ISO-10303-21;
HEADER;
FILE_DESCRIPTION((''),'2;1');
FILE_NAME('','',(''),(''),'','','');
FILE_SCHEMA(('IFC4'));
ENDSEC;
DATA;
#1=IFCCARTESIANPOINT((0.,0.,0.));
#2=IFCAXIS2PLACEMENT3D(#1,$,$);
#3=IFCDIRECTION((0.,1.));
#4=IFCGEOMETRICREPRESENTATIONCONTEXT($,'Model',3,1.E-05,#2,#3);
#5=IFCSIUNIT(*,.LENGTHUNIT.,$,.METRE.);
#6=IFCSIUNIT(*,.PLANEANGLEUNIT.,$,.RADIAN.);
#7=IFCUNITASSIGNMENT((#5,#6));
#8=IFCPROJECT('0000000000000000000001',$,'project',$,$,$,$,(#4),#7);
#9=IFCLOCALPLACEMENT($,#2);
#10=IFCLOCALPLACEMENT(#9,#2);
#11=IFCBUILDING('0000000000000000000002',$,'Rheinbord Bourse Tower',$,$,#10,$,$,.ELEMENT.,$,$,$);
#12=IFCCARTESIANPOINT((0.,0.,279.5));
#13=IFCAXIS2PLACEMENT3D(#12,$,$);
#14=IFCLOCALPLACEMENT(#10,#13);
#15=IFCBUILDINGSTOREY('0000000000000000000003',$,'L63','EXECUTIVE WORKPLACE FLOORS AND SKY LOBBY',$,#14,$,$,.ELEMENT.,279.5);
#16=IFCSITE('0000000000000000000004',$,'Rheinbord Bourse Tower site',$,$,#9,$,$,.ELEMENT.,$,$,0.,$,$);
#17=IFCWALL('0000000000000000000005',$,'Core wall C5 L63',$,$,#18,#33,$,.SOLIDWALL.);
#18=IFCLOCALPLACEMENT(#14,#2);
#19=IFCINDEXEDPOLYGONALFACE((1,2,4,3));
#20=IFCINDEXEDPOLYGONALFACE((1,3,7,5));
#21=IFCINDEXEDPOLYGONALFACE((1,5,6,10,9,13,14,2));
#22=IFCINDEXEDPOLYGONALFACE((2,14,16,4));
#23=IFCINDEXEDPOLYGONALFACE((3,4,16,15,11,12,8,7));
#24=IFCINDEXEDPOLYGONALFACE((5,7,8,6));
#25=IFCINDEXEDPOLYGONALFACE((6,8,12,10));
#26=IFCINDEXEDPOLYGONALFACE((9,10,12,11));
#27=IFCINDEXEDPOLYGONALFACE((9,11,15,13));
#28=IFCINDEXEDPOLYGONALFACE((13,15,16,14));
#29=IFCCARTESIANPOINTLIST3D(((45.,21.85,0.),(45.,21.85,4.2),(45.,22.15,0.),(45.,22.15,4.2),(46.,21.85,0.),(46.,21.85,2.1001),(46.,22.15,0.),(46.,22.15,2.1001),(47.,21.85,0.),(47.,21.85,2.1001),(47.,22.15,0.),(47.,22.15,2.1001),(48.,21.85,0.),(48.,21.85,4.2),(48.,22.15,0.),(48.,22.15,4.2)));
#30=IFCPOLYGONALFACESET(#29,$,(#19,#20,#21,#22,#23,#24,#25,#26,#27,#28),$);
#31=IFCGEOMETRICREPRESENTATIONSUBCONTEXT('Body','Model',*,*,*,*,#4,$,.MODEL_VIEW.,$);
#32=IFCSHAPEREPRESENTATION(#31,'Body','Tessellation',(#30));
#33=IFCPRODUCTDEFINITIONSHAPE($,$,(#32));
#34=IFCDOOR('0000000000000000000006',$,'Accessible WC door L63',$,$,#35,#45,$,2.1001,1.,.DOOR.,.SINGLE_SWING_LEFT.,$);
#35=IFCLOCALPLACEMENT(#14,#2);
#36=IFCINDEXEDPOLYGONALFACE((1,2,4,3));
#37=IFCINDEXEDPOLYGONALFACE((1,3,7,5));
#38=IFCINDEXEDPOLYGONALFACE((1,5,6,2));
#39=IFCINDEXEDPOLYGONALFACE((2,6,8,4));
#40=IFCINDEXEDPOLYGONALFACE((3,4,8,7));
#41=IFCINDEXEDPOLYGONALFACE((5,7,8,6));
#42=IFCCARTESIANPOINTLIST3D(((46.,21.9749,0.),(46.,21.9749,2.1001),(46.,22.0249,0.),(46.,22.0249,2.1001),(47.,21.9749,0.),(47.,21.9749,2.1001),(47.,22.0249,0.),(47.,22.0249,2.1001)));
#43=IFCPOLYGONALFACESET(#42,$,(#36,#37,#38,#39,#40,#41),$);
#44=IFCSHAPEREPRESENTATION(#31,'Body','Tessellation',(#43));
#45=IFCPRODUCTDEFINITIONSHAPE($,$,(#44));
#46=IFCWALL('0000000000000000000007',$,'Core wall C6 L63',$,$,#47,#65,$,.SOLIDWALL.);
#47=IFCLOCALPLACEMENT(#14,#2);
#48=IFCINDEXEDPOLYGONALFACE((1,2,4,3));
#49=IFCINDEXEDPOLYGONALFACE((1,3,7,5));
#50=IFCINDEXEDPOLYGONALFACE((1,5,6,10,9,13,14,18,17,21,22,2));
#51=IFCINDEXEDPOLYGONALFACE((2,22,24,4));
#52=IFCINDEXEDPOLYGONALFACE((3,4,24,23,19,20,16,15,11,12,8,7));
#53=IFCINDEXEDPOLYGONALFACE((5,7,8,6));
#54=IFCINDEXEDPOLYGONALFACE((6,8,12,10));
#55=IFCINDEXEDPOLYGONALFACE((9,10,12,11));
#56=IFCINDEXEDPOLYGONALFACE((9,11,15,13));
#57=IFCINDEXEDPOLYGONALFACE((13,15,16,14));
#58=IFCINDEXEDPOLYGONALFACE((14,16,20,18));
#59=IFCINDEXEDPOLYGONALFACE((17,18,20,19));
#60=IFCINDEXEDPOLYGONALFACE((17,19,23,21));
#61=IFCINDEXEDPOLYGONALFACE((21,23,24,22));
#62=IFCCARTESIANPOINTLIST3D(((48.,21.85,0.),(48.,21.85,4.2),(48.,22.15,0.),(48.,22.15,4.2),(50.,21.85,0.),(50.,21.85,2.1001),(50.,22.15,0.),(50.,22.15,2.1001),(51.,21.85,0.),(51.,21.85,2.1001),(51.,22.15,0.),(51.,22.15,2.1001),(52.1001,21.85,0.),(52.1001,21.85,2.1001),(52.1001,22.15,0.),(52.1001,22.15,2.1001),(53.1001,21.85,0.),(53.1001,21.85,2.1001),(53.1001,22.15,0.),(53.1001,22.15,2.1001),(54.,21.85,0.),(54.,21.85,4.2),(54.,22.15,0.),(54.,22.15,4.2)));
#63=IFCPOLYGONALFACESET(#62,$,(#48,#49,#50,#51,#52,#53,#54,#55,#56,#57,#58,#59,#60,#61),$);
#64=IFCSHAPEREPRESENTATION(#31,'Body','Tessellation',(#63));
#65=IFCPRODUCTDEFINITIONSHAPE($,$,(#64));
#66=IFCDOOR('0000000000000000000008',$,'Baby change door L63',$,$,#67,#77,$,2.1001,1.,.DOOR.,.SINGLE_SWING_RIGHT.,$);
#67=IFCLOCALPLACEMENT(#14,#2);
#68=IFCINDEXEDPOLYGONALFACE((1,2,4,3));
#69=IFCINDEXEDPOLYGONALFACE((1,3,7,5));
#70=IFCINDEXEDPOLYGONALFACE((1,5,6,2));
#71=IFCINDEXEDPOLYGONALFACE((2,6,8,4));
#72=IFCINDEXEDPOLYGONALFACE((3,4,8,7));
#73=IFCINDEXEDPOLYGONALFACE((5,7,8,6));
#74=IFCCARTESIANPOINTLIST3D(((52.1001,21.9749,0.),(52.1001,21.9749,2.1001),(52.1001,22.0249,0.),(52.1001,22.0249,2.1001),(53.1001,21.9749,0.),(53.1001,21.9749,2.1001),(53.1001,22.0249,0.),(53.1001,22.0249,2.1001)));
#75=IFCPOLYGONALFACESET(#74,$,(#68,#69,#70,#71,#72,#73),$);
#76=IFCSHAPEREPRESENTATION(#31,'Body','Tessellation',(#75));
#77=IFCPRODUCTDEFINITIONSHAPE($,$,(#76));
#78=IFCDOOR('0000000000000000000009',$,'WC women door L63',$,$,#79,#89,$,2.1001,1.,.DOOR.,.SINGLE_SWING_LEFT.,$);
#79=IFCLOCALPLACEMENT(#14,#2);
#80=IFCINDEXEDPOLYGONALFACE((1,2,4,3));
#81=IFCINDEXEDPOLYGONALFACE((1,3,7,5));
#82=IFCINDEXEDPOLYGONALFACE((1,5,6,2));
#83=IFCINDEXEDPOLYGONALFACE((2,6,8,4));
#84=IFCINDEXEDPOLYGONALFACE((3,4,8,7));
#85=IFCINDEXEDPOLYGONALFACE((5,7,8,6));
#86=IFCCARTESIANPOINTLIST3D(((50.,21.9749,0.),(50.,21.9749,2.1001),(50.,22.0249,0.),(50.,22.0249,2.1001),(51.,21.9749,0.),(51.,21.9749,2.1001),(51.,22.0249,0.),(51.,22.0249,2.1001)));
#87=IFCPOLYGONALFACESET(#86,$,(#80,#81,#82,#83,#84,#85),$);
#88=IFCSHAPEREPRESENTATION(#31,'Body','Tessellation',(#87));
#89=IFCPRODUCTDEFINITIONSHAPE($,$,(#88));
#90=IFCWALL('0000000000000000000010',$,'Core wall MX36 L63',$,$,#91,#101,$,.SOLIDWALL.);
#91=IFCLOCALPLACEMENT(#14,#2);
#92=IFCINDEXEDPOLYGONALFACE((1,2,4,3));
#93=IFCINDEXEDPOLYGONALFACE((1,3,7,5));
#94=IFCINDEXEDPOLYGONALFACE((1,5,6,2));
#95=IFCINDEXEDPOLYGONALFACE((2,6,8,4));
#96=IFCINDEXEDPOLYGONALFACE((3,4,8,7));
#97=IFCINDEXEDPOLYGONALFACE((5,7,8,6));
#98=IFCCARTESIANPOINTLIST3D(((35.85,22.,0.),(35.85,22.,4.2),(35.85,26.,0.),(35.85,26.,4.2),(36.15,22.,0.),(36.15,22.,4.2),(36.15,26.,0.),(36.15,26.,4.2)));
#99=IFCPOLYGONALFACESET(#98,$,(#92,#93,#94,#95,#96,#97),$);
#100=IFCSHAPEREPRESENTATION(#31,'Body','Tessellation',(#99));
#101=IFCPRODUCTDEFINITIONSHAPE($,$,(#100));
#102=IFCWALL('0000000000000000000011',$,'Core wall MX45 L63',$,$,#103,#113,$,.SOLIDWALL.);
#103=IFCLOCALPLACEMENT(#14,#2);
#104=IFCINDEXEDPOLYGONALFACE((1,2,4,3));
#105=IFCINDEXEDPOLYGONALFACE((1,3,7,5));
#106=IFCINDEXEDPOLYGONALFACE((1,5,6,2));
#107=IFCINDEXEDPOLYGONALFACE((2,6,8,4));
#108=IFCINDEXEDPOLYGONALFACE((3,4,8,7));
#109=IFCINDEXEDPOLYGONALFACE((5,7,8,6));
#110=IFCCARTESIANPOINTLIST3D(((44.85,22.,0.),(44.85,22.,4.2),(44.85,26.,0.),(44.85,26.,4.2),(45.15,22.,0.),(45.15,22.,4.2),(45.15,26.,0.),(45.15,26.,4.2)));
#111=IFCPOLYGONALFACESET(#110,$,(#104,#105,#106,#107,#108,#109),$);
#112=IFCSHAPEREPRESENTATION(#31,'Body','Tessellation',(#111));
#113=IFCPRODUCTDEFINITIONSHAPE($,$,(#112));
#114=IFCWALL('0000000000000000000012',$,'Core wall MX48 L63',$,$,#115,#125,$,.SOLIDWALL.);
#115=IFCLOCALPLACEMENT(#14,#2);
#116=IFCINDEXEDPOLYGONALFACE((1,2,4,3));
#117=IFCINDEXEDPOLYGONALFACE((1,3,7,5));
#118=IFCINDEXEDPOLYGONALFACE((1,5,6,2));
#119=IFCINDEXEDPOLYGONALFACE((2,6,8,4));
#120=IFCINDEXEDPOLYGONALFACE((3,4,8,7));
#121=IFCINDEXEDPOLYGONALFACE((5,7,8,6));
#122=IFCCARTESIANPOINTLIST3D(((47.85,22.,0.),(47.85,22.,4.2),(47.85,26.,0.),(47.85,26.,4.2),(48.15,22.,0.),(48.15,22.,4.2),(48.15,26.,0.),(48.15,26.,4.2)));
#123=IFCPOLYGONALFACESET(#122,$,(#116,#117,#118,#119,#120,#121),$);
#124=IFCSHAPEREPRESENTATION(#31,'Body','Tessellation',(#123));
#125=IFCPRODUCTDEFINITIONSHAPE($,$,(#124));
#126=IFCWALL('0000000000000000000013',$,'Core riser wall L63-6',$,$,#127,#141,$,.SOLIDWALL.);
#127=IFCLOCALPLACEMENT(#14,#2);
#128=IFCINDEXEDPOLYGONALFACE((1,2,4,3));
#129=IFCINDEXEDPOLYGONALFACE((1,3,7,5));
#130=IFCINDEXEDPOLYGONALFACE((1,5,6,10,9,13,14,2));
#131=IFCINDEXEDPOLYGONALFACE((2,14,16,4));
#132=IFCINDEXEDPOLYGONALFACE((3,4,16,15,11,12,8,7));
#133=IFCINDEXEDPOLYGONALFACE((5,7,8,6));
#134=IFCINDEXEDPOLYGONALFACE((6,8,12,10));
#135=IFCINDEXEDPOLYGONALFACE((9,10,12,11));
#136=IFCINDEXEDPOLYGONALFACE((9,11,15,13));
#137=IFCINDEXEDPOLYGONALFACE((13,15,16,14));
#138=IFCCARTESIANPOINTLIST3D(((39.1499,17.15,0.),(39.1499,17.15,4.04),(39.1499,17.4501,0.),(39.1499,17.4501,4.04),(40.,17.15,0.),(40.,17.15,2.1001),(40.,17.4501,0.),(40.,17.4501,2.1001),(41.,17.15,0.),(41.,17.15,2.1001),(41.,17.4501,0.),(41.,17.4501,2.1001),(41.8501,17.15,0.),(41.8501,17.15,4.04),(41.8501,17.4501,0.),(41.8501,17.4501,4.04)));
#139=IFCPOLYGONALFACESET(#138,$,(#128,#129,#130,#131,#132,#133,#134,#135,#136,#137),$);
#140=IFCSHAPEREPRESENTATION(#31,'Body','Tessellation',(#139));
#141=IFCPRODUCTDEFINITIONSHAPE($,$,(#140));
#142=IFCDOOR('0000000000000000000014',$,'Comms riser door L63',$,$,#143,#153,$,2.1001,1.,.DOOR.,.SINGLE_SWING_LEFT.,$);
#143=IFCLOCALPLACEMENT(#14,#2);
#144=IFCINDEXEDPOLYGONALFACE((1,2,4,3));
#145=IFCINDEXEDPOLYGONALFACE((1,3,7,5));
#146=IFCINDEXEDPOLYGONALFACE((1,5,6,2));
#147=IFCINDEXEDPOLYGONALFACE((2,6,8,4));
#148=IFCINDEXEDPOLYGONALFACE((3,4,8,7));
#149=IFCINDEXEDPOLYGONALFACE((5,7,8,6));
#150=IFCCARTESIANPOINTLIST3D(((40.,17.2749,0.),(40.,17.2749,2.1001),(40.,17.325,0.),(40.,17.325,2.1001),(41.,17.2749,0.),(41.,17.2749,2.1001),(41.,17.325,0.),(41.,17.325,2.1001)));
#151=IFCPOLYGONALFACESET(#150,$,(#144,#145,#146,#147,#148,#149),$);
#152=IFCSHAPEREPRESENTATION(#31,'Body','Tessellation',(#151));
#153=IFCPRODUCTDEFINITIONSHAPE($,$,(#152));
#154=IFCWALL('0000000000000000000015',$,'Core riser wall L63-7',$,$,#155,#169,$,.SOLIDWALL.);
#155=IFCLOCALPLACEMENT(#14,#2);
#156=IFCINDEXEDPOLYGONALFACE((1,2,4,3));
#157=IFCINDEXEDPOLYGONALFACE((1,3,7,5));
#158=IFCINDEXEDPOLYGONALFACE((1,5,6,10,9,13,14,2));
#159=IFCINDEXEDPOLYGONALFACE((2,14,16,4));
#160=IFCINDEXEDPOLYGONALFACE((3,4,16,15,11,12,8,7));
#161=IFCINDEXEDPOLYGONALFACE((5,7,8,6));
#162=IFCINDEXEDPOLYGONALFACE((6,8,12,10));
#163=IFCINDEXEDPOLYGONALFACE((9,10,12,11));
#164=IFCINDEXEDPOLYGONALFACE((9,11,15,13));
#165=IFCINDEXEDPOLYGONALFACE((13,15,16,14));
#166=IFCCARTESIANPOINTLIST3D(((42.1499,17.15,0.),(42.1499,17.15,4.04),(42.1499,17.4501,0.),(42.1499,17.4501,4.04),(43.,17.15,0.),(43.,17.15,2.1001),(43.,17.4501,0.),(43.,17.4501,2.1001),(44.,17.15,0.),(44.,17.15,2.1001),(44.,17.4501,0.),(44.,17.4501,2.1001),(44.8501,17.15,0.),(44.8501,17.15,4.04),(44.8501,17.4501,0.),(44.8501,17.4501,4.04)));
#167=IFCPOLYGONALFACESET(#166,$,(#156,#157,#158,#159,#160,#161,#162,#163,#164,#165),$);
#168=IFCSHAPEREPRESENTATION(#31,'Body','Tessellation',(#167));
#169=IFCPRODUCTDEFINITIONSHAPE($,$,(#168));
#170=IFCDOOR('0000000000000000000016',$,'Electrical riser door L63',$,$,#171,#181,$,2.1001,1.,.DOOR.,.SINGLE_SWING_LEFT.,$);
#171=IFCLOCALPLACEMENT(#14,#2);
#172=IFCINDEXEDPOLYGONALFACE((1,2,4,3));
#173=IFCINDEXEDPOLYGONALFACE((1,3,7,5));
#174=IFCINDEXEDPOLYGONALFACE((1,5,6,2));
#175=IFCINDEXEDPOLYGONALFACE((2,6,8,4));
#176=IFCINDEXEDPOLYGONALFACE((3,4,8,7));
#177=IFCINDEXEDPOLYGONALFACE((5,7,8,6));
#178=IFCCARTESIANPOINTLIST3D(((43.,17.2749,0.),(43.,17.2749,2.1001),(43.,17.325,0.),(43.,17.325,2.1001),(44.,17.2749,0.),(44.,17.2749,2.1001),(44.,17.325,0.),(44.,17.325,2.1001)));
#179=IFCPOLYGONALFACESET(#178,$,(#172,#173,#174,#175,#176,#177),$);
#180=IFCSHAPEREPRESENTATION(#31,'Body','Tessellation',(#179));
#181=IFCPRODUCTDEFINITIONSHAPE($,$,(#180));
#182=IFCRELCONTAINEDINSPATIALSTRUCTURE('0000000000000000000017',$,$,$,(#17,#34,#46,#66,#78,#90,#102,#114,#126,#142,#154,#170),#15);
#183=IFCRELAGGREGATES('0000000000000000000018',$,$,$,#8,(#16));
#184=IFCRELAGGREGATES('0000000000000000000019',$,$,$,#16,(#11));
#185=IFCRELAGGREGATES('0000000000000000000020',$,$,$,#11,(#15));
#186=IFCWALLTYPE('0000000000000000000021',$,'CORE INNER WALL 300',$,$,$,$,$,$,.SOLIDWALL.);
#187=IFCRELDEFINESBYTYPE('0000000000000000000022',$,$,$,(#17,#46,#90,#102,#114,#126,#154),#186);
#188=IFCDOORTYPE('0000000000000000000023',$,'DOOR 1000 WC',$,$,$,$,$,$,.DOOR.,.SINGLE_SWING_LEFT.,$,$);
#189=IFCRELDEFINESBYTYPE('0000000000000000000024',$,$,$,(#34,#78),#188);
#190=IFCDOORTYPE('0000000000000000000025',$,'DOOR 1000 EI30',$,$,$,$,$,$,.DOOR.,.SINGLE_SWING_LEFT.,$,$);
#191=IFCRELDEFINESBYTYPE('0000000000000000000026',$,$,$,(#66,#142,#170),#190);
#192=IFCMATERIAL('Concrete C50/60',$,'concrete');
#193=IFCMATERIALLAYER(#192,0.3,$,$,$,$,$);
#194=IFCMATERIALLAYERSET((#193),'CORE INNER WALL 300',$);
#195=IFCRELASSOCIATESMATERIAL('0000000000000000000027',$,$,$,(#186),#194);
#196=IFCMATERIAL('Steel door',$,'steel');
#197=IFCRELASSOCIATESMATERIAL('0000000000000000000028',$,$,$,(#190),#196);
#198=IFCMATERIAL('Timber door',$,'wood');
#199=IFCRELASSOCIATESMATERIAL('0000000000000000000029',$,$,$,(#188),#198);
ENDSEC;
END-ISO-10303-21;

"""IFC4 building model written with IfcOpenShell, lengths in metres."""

from ifc_helpers import new_model, si_unit, direction, frame, frame_2d, origin, place, context, subcontext, project, spatial, rectangle, extrude, material, layer, layer_set, type_object, element, fill, save


model = new_model("IFC4")

# Units and contexts
model_context = context("Model", 3, precision=1e-05, world=origin(), true_north=direction((0.0, 1.0)))
body_context = subcontext(model_context, "Body", "Model", "MODEL_VIEW")
ifc_project = project(units=[si_unit("LENGTHUNIT", "METRE"), si_unit("PLANEANGLEUNIT", "RADIAN")], contexts=[model_context])

# Site, building, storey
site_placement = place(None, origin())
site = spatial("IfcSite", under=ifc_project, at=site_placement, Name="Rheinbord Bourse Tower site", CompositionType="ELEMENT", RefElevation=0.0)
building_placement = place(site_placement, origin())
building = spatial("IfcBuilding", under=site, at=building_placement, Name="Rheinbord Bourse Tower", CompositionType="ELEMENT")
storey_placement = place(building_placement, frame((0.0, 0.0, 279.5)))
storey = spatial("IfcBuildingStorey", under=building, at=storey_placement, Name="L63", Description="EXECUTIVE WORKPLACE FLOORS AND SKY LOBBY", CompositionType="ELEMENT", Elevation=279.5)

# Wall, opening, door
ifc_material_1 = material(Name="Concrete C50/60", Category="concrete")
ifc_layer = layer(ifc_material_1, 0.3)
ifc_layer_set = layer_set([ifc_layer], Name="CORE INNER WALL 300")
wall_type = type_object("IfcWallType", Name="CORE INNER WALL 300", PredefinedType="SOLIDWALL", material=ifc_layer_set)
ifc_material_2 = material(Name="Steel door", Category="steel")
door_type_1 = type_object("IfcDoorType", Name="DOOR 1000 EI30", OperationType="SINGLE_SWING_LEFT", PredefinedType="DOOR", material=ifc_material_2)
wall_1_placement = place(storey_placement, frame((45.0, 22.0, 0.0), z_axis=(0.0, 0.0, 1.0), x_axis=(1.0, 0.0, 0.0)))
wall_1 = element("IfcWall", 1, at=wall_1_placement, inside=storey, type_object=wall_type, Name="Core wall C5 L63", PredefinedType="SOLIDWALL", context=body_context, shape_type="SweptSolid", body=[
    extrude(rectangle(XDim=3.0, YDim=0.3, at=frame_2d((1.5, 0.0))), origin(), (0.0, 0.0, 1.0), 4.2),
])
opening_1_placement = place(wall_1_placement, frame((1.0, 0.0, 0.0)))
opening_1 = element("IfcOpeningElement", 2, at=opening_1_placement, cuts=wall_1, PredefinedType="OPENING", context=body_context, shape_type="SweptSolid", body=[
    extrude(rectangle(XDim=1.0, YDim=2.1001, at=frame_2d((0.5, 1.05))), frame((0.0, 0.1599, 0.0), z_axis=(0.0, -1.0, 0.0), x_axis=(1.0, 0.0, 0.0)), (0.0, 0.0, 1.0), 0.3201),
])
ifc_material_3 = material(Name="Timber door", Category="wood")
door_type_2 = type_object("IfcDoorType", Name="DOOR 1000 WC", OperationType="SINGLE_SWING_LEFT", PredefinedType="DOOR", material=ifc_material_3)
door_1_placement = place(opening_1_placement, origin())
door_1 = element("IfcDoor", 3, at=door_1_placement, inside=storey, type_object=door_type_2, Name="Accessible WC door L63", OperationType="SINGLE_SWING_LEFT", OverallHeight=2.1001, OverallWidth=1.0, PredefinedType="DOOR", context=body_context, shape_type="SweptSolid", body=[
    extrude(rectangle(XDim=1.0, YDim=2.1001, at=frame_2d((0.5, 1.05))), frame((0.0, 0.0249, 0.0), z_axis=(0.0, -1.0, 0.0), x_axis=(1.0, 0.0, 0.0)), (0.0, 0.0, 1.0), 0.05),
])
fill(opening_1, door_1)

# Wall, openings, doors
wall_2_placement = place(storey_placement, frame((48.0, 22.0, 0.0), z_axis=(0.0, 0.0, 1.0), x_axis=(1.0, 0.0, 0.0)))
wall_2 = element("IfcWall", 4, at=wall_2_placement, inside=storey, type_object=wall_type, Name="Core wall C6 L63", PredefinedType="SOLIDWALL", context=body_context, shape_type="SweptSolid", body=[
    extrude(rectangle(XDim=6.0, YDim=0.3, at=frame_2d((3.0, 0.0))), origin(), (0.0, 0.0, 1.0), 4.2),
])
opening_2_placement = place(wall_2_placement, frame((2.0, 0.0, 0.0)))
opening_2 = element("IfcOpeningElement", 5, at=opening_2_placement, cuts=wall_2, PredefinedType="OPENING", context=body_context, shape_type="SweptSolid", body=[
    extrude(rectangle(XDim=1.0, YDim=2.1001, at=frame_2d((0.5, 1.05))), frame((0.0, 0.1599, 0.0), z_axis=(0.0, -1.0, 0.0), x_axis=(1.0, 0.0, 0.0)), (0.0, 0.0, 1.0), 0.3201),
])
opening_3_placement = place(wall_2_placement, frame((4.1001, 0.0, 0.0)))
opening_3 = element("IfcOpeningElement", 6, at=opening_3_placement, cuts=wall_2, PredefinedType="OPENING", context=body_context, shape_type="SweptSolid", body=[
    extrude(rectangle(XDim=1.0, YDim=2.1001, at=frame_2d((0.5, 1.05))), frame((0.0, 0.1599, 0.0), z_axis=(0.0, -1.0, 0.0), x_axis=(1.0, 0.0, 0.0)), (0.0, 0.0, 1.0), 0.3201),
])
door_2_placement = place(opening_3_placement, origin())
door_2 = element("IfcDoor", 7, at=door_2_placement, inside=storey, type_object=door_type_1, Name="Baby change door L63", OperationType="SINGLE_SWING_RIGHT", OverallHeight=2.1001, OverallWidth=1.0, PredefinedType="DOOR", context=body_context, shape_type="SweptSolid", body=[
    extrude(rectangle(XDim=1.0, YDim=2.1001, at=frame_2d((0.5, 1.05))), frame((0.0, 0.0249, 0.0), z_axis=(0.0, -1.0, 0.0), x_axis=(1.0, 0.0, 0.0)), (0.0, 0.0, 1.0), 0.05),
])
fill(opening_3, door_2)
door_3_placement = place(opening_2_placement, origin())
door_3 = element("IfcDoor", 8, at=door_3_placement, inside=storey, type_object=door_type_2, Name="WC women door L63", OperationType="SINGLE_SWING_LEFT", OverallHeight=2.1001, OverallWidth=1.0, PredefinedType="DOOR", context=body_context, shape_type="SweptSolid", body=[
    extrude(rectangle(XDim=1.0, YDim=2.1001, at=frame_2d((0.5, 1.05))), frame((0.0, 0.0249, 0.0), z_axis=(0.0, -1.0, 0.0), x_axis=(1.0, 0.0, 0.0)), (0.0, 0.0, 1.0), 0.05),
])
fill(opening_2, door_3)

# Walls
for number, where, z_axis, x_axis, name in (
    (9, (36.0, 22.0, 0.0), (0.0, 0.0, 1.0), (0.0, 1.0, 0.0), "Core wall MX36 L63"),
    (10, (45.0, 22.0, 0.0), (0.0, 0.0, 1.0), (0.0, 1.0, 0.0), "Core wall MX45 L63"),
    (11, (48.0, 22.0, 0.0), (0.0, 0.0, 1.0), (0.0, 1.0, 0.0), "Core wall MX48 L63"),
):
    element("IfcWall", number, at=place(storey_placement, frame(where, z_axis=z_axis, x_axis=x_axis)), inside=storey, type_object=wall_type, Name=name, PredefinedType="SOLIDWALL", context=body_context, shape_type="SweptSolid", body=[
        extrude(rectangle(XDim=4.0, YDim=0.3, at=frame_2d((2.0, 0.0))), origin(), (0.0, 0.0, 1.0), 4.2),
    ])

# Walls, openings, doors
wall_3_placement = place(storey_placement, frame((39.1499, 17.3, 0.0), z_axis=(0.0, 0.0, 1.0), x_axis=(1.0, 0.0, 0.0)))
wall_3 = element("IfcWall", 12, at=wall_3_placement, inside=storey, type_object=wall_type, Name="Core riser wall L63-6", PredefinedType="SOLIDWALL", context=body_context, shape_type="SweptSolid", body=[
    extrude(rectangle(XDim=2.7002, YDim=0.3, at=frame_2d((1.3501, 0.0))), origin(), (0.0, 0.0, 1.0), 4.04),
])
opening_4_placement = place(wall_3_placement, frame((0.8501, 0.0, 0.0)))
opening_4 = element("IfcOpeningElement", 13, at=opening_4_placement, cuts=wall_3, PredefinedType="OPENING", context=body_context, shape_type="SweptSolid", body=[
    extrude(rectangle(XDim=1.0, YDim=2.1001, at=frame_2d((0.5, 1.05))), frame((0.0, 0.1599, 0.0), z_axis=(0.0, -1.0, 0.0), x_axis=(1.0, 0.0, 0.0)), (0.0, 0.0, 1.0), 0.3201),
])
door_4_placement = place(opening_4_placement, origin())
door_4 = element("IfcDoor", 14, at=door_4_placement, inside=storey, type_object=door_type_1, Name="Comms riser door L63", OperationType="SINGLE_SWING_LEFT", OverallHeight=2.1001, OverallWidth=1.0, PredefinedType="DOOR", context=body_context, shape_type="SweptSolid", body=[
    extrude(rectangle(XDim=1.0, YDim=2.1001, at=frame_2d((0.5, 1.05))), frame((0.0, 0.0249, 0.0), z_axis=(0.0, -1.0, 0.0), x_axis=(1.0, 0.0, 0.0)), (0.0, 0.0, 1.0), 0.05),
])
fill(opening_4, door_4)
wall_4_placement = place(storey_placement, frame((42.1499, 17.3, 0.0), z_axis=(0.0, 0.0, 1.0), x_axis=(1.0, 0.0, 0.0)))
wall_4 = element("IfcWall", 15, at=wall_4_placement, inside=storey, type_object=wall_type, Name="Core riser wall L63-7", PredefinedType="SOLIDWALL", context=body_context, shape_type="SweptSolid", body=[
    extrude(rectangle(XDim=2.7002, YDim=0.3, at=frame_2d((1.3501, 0.0))), origin(), (0.0, 0.0, 1.0), 4.04),
])
opening_5_placement = place(wall_4_placement, frame((0.8501, 0.0, 0.0)))
opening_5 = element("IfcOpeningElement", 16, at=opening_5_placement, cuts=wall_4, PredefinedType="OPENING", context=body_context, shape_type="SweptSolid", body=[
    extrude(rectangle(XDim=1.0, YDim=2.1001, at=frame_2d((0.5, 1.05))), frame((0.0, 0.1599, 0.0), z_axis=(0.0, -1.0, 0.0), x_axis=(1.0, 0.0, 0.0)), (0.0, 0.0, 1.0), 0.3201),
])
door_5_placement = place(opening_5_placement, origin())
door_5 = element("IfcDoor", 17, at=door_5_placement, inside=storey, type_object=door_type_1, Name="Electrical riser door L63", OperationType="SINGLE_SWING_LEFT", OverallHeight=2.1001, OverallWidth=1.0, PredefinedType="DOOR", context=body_context, shape_type="SweptSolid", body=[
    extrude(rectangle(XDim=1.0, YDim=2.1001, at=frame_2d((0.5, 1.05))), frame((0.0, 0.0249, 0.0), z_axis=(0.0, -1.0, 0.0), x_axis=(1.0, 0.0, 0.0)), (0.0, 0.0, 1.0), 0.05),
])
fill(opening_5, door_5)

save(model, "model.ifc")
